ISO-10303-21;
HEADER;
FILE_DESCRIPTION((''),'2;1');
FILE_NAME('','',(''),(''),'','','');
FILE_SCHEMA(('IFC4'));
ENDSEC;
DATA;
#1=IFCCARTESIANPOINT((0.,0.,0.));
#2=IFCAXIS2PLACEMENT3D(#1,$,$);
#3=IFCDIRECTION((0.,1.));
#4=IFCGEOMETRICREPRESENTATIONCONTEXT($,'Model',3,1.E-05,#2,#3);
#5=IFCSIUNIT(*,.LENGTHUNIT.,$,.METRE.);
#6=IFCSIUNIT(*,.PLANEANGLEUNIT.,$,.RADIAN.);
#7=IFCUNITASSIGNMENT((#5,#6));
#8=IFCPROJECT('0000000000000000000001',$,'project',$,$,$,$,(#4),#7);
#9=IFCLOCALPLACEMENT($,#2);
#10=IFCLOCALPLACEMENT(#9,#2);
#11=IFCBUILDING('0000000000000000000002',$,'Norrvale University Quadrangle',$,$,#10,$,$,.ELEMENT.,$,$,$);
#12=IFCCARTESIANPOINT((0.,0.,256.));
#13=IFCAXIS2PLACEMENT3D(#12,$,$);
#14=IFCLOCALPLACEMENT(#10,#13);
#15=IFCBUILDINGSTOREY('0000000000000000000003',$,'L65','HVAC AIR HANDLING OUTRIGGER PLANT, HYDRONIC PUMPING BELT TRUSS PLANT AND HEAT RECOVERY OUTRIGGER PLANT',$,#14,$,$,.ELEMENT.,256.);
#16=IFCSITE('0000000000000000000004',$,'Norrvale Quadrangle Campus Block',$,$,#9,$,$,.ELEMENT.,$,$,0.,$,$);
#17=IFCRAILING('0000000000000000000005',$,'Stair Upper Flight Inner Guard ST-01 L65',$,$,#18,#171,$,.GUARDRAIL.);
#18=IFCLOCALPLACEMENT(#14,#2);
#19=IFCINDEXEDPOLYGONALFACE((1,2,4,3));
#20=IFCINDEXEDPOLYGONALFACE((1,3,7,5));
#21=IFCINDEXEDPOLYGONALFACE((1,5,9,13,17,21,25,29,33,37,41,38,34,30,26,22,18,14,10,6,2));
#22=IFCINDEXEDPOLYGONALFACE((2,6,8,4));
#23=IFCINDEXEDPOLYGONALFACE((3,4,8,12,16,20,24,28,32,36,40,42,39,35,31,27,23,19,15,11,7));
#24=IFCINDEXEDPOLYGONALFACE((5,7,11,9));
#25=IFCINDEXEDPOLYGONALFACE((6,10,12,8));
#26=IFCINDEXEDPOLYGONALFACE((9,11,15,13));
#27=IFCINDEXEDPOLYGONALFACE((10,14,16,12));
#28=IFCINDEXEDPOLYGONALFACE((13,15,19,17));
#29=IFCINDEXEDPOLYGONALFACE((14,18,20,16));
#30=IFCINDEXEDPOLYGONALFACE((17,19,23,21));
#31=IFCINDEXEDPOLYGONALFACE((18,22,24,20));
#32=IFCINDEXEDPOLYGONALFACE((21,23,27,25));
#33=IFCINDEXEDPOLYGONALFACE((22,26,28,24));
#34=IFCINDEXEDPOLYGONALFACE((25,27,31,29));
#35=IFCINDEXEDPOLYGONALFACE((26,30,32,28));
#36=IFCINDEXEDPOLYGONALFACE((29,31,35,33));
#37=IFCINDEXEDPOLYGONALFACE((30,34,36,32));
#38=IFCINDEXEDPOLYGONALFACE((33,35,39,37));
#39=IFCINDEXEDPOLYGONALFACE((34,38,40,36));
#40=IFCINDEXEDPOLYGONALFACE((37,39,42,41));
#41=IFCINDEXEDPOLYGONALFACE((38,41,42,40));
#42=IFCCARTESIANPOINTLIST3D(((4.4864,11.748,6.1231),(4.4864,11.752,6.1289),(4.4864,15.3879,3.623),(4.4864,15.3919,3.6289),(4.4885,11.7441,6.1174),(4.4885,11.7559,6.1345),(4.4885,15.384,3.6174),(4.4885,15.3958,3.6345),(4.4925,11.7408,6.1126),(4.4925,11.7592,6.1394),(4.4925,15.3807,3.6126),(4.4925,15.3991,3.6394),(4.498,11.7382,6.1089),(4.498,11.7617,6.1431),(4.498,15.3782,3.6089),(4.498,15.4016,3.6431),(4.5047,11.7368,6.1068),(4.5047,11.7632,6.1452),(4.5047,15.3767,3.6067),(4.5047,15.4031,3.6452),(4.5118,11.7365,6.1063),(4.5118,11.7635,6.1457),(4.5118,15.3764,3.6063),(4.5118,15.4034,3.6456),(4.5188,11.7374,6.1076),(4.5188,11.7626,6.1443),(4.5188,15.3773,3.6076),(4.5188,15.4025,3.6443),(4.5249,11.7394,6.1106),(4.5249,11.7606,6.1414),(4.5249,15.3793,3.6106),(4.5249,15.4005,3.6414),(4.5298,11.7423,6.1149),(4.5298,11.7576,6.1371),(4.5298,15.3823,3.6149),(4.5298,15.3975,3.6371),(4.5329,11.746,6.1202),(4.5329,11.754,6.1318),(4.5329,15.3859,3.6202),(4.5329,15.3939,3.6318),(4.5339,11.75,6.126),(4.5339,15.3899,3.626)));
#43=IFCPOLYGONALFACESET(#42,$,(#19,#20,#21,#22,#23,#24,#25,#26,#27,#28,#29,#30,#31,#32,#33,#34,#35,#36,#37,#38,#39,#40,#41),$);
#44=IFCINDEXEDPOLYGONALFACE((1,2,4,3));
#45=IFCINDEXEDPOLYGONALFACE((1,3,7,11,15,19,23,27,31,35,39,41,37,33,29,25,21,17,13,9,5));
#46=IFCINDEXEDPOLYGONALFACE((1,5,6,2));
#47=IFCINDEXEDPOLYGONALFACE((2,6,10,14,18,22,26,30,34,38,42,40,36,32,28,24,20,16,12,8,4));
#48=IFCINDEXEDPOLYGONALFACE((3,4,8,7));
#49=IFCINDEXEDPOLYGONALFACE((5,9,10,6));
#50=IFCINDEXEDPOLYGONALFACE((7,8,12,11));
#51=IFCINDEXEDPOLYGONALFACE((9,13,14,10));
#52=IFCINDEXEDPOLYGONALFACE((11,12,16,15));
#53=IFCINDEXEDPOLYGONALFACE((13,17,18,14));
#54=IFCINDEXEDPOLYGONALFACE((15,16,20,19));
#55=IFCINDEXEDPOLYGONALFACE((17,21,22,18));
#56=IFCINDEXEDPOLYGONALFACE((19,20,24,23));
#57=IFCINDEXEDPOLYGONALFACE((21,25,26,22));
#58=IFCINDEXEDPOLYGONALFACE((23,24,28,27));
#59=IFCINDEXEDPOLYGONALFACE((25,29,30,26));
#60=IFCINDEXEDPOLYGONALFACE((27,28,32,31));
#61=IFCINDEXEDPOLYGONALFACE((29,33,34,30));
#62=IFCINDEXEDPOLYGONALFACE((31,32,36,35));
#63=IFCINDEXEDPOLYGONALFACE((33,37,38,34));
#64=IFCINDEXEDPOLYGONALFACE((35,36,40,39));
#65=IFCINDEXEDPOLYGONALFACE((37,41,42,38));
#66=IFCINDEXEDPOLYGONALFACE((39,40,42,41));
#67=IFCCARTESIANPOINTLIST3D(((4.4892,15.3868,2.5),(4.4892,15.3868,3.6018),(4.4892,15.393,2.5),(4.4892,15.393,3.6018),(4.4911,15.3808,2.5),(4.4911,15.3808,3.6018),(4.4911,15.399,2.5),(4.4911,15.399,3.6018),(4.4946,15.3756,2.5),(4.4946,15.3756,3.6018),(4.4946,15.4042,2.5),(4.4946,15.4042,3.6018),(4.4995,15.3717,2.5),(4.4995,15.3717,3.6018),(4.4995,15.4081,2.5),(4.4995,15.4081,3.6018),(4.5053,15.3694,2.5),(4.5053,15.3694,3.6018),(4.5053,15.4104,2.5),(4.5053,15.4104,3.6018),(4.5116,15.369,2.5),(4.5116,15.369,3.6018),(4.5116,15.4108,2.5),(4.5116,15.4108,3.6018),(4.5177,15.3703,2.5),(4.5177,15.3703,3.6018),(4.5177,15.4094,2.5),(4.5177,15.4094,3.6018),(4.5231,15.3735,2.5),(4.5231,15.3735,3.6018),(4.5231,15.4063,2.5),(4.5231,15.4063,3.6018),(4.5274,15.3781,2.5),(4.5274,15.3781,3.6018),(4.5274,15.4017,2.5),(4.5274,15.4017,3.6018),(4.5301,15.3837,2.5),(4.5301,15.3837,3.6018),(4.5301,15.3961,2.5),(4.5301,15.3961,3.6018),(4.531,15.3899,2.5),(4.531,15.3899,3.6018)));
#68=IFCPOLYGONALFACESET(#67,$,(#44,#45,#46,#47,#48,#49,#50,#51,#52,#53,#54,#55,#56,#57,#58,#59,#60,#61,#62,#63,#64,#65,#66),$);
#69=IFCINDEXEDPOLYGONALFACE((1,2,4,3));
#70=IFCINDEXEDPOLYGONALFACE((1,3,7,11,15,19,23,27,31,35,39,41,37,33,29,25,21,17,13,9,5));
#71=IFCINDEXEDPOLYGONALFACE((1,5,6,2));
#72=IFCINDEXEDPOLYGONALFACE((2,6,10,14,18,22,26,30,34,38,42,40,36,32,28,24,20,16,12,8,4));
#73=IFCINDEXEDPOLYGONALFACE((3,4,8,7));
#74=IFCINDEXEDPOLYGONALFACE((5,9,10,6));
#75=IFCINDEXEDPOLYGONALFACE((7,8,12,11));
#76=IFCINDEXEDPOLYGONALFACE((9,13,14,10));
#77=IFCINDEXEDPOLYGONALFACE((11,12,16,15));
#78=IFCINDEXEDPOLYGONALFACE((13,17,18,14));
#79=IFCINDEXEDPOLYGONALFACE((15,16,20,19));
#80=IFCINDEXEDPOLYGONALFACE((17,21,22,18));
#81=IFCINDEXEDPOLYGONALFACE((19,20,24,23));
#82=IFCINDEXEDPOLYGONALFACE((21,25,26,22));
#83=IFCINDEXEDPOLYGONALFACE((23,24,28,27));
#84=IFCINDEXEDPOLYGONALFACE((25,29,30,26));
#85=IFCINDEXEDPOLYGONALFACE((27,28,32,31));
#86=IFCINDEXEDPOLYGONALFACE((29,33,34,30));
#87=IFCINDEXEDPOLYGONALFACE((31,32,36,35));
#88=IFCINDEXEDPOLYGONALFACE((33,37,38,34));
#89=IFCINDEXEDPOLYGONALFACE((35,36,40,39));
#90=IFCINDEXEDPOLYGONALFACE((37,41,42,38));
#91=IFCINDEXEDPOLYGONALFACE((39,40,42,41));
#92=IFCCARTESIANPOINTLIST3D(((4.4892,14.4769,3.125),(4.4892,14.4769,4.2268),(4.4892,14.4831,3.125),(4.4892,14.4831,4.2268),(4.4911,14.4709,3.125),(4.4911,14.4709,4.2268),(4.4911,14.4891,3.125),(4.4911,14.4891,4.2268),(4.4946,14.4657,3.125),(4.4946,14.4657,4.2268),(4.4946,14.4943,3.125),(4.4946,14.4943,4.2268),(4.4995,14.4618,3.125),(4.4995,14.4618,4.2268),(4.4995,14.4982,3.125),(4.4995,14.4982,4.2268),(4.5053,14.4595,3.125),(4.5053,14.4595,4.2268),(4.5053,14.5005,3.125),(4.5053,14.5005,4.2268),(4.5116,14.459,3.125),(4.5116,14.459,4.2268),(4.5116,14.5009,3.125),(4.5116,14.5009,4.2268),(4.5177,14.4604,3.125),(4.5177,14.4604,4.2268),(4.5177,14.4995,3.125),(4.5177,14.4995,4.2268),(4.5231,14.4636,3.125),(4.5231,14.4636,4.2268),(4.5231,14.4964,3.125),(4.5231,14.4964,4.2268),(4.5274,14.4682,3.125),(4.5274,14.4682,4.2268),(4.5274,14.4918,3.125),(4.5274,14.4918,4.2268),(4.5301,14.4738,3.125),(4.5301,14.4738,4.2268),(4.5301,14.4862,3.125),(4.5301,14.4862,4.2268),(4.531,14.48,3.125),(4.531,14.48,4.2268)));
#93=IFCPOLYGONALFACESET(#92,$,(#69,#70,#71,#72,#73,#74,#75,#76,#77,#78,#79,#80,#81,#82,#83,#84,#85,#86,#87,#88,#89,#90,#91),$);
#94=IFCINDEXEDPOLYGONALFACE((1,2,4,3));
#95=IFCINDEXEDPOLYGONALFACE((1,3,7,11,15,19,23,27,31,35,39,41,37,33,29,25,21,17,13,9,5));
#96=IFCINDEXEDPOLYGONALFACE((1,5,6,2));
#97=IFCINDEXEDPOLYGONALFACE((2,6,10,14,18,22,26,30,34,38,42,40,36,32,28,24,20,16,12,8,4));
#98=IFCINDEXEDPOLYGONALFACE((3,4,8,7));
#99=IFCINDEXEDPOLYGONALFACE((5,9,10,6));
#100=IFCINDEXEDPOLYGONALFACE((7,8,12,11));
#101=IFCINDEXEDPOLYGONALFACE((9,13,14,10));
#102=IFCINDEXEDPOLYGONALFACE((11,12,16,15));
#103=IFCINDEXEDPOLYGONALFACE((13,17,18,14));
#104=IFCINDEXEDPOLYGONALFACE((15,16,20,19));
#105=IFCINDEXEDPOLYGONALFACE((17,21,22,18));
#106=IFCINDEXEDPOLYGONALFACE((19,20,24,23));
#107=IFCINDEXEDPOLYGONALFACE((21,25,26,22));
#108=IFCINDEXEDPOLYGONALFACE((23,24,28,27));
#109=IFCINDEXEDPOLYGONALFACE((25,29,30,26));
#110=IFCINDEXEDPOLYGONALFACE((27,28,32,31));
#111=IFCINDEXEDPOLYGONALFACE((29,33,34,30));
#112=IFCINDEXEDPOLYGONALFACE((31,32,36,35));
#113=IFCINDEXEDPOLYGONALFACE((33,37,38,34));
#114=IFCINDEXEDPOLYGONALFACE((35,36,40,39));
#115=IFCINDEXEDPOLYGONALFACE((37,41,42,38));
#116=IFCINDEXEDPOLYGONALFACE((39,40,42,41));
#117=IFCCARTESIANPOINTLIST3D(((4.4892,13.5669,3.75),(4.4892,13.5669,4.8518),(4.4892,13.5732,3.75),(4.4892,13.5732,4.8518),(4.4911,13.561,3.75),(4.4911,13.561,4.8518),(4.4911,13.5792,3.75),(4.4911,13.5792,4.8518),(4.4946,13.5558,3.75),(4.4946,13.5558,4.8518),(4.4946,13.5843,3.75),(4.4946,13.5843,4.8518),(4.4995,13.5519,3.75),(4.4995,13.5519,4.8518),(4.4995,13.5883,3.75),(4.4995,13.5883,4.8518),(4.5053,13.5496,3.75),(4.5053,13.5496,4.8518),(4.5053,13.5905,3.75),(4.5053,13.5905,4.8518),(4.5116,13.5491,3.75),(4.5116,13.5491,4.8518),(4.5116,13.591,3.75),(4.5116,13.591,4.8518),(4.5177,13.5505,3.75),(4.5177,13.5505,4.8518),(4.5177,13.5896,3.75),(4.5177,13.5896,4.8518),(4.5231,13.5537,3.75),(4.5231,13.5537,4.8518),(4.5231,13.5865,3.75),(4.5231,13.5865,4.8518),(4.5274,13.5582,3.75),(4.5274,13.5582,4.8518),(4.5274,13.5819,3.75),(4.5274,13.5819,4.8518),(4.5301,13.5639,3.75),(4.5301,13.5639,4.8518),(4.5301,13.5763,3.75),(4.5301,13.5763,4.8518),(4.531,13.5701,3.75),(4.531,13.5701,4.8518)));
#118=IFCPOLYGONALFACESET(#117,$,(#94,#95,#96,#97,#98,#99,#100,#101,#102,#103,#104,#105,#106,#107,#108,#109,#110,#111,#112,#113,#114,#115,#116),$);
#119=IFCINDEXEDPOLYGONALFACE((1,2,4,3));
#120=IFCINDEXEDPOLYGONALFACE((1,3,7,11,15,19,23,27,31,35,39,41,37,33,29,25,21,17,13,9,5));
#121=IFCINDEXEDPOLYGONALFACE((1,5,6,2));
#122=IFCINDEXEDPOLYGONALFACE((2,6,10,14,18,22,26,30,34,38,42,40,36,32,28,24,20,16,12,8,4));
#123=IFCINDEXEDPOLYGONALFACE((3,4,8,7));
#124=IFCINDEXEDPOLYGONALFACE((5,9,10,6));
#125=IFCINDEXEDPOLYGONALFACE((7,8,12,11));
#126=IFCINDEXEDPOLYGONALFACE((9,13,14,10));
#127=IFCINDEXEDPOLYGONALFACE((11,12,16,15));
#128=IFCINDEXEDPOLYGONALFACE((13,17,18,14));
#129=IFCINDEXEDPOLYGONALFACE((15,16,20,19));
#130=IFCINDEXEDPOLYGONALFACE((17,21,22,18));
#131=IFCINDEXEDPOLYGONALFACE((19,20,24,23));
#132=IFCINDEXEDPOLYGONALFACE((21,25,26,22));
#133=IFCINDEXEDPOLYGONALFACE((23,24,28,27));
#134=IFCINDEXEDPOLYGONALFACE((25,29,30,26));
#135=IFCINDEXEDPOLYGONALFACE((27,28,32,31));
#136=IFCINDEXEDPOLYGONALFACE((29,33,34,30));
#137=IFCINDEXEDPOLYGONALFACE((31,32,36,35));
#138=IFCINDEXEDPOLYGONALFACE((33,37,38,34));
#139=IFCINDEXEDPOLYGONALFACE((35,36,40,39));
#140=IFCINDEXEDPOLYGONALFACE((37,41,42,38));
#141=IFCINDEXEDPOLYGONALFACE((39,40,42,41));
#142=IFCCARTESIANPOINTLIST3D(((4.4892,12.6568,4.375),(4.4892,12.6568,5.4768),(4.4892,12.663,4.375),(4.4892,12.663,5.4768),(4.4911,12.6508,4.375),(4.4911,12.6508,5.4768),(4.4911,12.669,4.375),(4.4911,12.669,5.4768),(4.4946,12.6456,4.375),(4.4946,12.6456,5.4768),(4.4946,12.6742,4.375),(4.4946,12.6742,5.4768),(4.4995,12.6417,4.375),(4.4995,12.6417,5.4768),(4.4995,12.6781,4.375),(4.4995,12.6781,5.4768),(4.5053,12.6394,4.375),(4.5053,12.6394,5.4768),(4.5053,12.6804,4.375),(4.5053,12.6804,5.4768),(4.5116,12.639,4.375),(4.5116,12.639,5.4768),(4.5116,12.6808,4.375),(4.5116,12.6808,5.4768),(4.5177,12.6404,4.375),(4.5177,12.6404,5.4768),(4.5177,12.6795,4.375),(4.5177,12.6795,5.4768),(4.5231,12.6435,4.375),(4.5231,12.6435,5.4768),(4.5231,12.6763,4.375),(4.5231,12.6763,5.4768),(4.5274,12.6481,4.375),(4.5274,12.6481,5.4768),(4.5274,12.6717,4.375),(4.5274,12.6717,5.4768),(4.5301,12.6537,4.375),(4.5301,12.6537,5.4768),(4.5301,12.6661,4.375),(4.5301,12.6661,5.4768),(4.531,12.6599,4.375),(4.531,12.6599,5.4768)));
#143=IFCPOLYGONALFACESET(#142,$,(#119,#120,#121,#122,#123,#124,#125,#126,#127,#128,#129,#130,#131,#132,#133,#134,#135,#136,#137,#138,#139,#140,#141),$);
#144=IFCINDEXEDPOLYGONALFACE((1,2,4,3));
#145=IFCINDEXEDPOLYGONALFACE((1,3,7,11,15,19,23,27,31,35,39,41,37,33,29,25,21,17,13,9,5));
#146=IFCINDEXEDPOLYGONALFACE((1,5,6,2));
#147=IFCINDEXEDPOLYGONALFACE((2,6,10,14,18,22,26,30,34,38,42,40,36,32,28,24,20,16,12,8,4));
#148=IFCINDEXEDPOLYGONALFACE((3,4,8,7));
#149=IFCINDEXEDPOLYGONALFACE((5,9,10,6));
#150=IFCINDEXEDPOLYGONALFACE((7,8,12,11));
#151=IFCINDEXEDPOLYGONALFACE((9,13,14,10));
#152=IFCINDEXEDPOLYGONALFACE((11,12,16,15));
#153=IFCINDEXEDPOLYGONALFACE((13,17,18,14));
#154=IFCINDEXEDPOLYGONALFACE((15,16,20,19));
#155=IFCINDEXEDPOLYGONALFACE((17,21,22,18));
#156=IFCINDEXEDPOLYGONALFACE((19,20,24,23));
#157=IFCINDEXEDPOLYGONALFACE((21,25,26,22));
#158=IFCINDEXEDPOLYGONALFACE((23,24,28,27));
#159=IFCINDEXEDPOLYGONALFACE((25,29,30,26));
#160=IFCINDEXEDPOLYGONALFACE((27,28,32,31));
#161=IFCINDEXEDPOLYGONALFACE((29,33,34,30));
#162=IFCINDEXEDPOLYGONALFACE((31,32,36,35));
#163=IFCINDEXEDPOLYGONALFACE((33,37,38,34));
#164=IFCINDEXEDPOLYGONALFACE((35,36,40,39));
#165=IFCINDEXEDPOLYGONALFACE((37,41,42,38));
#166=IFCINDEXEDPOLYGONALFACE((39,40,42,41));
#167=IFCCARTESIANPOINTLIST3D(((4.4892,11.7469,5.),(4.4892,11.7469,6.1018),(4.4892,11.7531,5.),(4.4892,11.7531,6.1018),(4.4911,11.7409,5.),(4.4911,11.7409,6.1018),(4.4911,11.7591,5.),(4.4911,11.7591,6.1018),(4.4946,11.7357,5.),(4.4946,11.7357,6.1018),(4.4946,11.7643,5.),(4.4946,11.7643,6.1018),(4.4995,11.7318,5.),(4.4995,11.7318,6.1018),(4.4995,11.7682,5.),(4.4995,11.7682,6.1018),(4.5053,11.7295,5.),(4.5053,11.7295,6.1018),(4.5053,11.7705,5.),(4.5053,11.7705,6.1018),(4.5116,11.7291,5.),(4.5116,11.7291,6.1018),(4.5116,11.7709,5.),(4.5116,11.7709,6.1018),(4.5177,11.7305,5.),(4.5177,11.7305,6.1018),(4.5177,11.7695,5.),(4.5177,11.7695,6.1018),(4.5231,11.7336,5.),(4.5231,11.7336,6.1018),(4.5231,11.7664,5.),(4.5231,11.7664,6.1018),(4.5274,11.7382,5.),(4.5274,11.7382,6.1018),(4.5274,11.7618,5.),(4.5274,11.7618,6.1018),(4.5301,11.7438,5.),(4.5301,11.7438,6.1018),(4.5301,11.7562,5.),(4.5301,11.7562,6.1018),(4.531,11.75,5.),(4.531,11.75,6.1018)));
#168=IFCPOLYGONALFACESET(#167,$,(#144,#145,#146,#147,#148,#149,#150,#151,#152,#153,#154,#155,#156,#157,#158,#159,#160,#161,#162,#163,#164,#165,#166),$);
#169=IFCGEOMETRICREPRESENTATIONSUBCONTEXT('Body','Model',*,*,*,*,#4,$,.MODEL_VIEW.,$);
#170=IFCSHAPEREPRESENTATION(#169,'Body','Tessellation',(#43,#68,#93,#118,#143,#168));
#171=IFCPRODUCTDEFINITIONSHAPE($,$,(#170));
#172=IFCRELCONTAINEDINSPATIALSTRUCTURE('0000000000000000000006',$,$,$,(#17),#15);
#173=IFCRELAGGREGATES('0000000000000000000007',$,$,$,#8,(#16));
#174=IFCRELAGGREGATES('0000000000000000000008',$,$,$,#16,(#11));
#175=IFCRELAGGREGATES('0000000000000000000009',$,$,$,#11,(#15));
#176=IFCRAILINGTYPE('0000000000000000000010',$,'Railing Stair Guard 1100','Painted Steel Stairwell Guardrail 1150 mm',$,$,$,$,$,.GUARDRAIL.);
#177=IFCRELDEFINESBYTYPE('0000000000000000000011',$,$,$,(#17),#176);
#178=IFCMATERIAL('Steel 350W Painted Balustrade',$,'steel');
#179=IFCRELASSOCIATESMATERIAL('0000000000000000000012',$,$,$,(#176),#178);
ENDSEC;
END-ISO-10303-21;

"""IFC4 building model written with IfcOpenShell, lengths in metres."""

from ifc_helpers import new_model, si_unit, direction, frame, origin, origin_2d, place, context, subcontext, project, spatial, circle, extrude, material, type_object, element, save


model = new_model("IFC4")

# Units and contexts
model_context = context("Model", 3, precision=1e-05, world=origin(), true_north=direction((0.0, 1.0)))
body_context = subcontext(model_context, "Body", "Model", "MODEL_VIEW")
ifc_project = project(units=[si_unit("LENGTHUNIT", "METRE"), si_unit("PLANEANGLEUNIT", "RADIAN")], contexts=[model_context])

# Site, building, storey
site_placement = place(None, origin())
site = spatial("IfcSite", under=ifc_project, at=site_placement, Name="Norrvale Quadrangle Campus Block", CompositionType="ELEMENT", RefElevation=0.0)
building_placement = place(site_placement, origin())
building = spatial("IfcBuilding", under=site, at=building_placement, Name="Norrvale University Quadrangle", CompositionType="ELEMENT")
storey_placement = place(building_placement, frame((0.0, 0.0, 256.0)))
storey = spatial("IfcBuildingStorey", under=building, at=storey_placement, Name="L65", Description="HVAC AIR HANDLING OUTRIGGER PLANT, HYDRONIC PUMPING BELT TRUSS PLANT AND HEAT RECOVERY OUTRIGGER PLANT", CompositionType="ELEMENT", Elevation=256.0)

# Railing
ifc_material_1 = material(Name="Steel 350W Painted Balustrade", Category="steel")
railing_type_1 = type_object("IfcRailingType", Name="Railing Stair Guard 1100", Description="Painted Steel Stairwell Guardrail 1150 mm", PredefinedType="GUARDRAIL", material=ifc_material_1)
railing_1_placement = place(storey_placement, frame((4.51, 15.3899, 2.5)))
element("IfcRailing", 1, at=railing_1_placement, inside=storey, type_object=railing_type_1, Name="Stair Upper Flight Inner Guard ST-01 L65", PredefinedType="GUARDRAIL", context=body_context, shape_type="SweptSolid", body=[
    extrude(circle(Radius=0.0239, at=origin_2d()), frame((0.0, 0.0, 1.126), z_axis=(0.0, -0.824298, 0.566156), x_axis=(1.0, 0.0, 0.0)), (0.0, 0.0, 1.0), 4.4158),
    extrude(circle(Radius=0.021, at=origin_2d()), origin(), (0.0, 0.0, 1.0), 1.1018),
    extrude(circle(Radius=0.021, at=origin_2d()), frame((0.0, -0.9099, 0.625)), (0.0, 0.0, 1.0), 1.1018),
    extrude(circle(Radius=0.021, at=origin_2d()), frame((0.0, -1.8198, 1.25)), (0.0, 0.0, 1.0), 1.1018),
    extrude(circle(Radius=0.021, at=origin_2d()), frame((0.0, -2.73, 1.875)), (0.0, 0.0, 1.0), 1.1018),
    extrude(circle(Radius=0.021, at=origin_2d()), frame((0.0, -3.6399, 2.5)), (0.0, 0.0, 1.0), 1.1018),
])

save(model, "model.ifc")
